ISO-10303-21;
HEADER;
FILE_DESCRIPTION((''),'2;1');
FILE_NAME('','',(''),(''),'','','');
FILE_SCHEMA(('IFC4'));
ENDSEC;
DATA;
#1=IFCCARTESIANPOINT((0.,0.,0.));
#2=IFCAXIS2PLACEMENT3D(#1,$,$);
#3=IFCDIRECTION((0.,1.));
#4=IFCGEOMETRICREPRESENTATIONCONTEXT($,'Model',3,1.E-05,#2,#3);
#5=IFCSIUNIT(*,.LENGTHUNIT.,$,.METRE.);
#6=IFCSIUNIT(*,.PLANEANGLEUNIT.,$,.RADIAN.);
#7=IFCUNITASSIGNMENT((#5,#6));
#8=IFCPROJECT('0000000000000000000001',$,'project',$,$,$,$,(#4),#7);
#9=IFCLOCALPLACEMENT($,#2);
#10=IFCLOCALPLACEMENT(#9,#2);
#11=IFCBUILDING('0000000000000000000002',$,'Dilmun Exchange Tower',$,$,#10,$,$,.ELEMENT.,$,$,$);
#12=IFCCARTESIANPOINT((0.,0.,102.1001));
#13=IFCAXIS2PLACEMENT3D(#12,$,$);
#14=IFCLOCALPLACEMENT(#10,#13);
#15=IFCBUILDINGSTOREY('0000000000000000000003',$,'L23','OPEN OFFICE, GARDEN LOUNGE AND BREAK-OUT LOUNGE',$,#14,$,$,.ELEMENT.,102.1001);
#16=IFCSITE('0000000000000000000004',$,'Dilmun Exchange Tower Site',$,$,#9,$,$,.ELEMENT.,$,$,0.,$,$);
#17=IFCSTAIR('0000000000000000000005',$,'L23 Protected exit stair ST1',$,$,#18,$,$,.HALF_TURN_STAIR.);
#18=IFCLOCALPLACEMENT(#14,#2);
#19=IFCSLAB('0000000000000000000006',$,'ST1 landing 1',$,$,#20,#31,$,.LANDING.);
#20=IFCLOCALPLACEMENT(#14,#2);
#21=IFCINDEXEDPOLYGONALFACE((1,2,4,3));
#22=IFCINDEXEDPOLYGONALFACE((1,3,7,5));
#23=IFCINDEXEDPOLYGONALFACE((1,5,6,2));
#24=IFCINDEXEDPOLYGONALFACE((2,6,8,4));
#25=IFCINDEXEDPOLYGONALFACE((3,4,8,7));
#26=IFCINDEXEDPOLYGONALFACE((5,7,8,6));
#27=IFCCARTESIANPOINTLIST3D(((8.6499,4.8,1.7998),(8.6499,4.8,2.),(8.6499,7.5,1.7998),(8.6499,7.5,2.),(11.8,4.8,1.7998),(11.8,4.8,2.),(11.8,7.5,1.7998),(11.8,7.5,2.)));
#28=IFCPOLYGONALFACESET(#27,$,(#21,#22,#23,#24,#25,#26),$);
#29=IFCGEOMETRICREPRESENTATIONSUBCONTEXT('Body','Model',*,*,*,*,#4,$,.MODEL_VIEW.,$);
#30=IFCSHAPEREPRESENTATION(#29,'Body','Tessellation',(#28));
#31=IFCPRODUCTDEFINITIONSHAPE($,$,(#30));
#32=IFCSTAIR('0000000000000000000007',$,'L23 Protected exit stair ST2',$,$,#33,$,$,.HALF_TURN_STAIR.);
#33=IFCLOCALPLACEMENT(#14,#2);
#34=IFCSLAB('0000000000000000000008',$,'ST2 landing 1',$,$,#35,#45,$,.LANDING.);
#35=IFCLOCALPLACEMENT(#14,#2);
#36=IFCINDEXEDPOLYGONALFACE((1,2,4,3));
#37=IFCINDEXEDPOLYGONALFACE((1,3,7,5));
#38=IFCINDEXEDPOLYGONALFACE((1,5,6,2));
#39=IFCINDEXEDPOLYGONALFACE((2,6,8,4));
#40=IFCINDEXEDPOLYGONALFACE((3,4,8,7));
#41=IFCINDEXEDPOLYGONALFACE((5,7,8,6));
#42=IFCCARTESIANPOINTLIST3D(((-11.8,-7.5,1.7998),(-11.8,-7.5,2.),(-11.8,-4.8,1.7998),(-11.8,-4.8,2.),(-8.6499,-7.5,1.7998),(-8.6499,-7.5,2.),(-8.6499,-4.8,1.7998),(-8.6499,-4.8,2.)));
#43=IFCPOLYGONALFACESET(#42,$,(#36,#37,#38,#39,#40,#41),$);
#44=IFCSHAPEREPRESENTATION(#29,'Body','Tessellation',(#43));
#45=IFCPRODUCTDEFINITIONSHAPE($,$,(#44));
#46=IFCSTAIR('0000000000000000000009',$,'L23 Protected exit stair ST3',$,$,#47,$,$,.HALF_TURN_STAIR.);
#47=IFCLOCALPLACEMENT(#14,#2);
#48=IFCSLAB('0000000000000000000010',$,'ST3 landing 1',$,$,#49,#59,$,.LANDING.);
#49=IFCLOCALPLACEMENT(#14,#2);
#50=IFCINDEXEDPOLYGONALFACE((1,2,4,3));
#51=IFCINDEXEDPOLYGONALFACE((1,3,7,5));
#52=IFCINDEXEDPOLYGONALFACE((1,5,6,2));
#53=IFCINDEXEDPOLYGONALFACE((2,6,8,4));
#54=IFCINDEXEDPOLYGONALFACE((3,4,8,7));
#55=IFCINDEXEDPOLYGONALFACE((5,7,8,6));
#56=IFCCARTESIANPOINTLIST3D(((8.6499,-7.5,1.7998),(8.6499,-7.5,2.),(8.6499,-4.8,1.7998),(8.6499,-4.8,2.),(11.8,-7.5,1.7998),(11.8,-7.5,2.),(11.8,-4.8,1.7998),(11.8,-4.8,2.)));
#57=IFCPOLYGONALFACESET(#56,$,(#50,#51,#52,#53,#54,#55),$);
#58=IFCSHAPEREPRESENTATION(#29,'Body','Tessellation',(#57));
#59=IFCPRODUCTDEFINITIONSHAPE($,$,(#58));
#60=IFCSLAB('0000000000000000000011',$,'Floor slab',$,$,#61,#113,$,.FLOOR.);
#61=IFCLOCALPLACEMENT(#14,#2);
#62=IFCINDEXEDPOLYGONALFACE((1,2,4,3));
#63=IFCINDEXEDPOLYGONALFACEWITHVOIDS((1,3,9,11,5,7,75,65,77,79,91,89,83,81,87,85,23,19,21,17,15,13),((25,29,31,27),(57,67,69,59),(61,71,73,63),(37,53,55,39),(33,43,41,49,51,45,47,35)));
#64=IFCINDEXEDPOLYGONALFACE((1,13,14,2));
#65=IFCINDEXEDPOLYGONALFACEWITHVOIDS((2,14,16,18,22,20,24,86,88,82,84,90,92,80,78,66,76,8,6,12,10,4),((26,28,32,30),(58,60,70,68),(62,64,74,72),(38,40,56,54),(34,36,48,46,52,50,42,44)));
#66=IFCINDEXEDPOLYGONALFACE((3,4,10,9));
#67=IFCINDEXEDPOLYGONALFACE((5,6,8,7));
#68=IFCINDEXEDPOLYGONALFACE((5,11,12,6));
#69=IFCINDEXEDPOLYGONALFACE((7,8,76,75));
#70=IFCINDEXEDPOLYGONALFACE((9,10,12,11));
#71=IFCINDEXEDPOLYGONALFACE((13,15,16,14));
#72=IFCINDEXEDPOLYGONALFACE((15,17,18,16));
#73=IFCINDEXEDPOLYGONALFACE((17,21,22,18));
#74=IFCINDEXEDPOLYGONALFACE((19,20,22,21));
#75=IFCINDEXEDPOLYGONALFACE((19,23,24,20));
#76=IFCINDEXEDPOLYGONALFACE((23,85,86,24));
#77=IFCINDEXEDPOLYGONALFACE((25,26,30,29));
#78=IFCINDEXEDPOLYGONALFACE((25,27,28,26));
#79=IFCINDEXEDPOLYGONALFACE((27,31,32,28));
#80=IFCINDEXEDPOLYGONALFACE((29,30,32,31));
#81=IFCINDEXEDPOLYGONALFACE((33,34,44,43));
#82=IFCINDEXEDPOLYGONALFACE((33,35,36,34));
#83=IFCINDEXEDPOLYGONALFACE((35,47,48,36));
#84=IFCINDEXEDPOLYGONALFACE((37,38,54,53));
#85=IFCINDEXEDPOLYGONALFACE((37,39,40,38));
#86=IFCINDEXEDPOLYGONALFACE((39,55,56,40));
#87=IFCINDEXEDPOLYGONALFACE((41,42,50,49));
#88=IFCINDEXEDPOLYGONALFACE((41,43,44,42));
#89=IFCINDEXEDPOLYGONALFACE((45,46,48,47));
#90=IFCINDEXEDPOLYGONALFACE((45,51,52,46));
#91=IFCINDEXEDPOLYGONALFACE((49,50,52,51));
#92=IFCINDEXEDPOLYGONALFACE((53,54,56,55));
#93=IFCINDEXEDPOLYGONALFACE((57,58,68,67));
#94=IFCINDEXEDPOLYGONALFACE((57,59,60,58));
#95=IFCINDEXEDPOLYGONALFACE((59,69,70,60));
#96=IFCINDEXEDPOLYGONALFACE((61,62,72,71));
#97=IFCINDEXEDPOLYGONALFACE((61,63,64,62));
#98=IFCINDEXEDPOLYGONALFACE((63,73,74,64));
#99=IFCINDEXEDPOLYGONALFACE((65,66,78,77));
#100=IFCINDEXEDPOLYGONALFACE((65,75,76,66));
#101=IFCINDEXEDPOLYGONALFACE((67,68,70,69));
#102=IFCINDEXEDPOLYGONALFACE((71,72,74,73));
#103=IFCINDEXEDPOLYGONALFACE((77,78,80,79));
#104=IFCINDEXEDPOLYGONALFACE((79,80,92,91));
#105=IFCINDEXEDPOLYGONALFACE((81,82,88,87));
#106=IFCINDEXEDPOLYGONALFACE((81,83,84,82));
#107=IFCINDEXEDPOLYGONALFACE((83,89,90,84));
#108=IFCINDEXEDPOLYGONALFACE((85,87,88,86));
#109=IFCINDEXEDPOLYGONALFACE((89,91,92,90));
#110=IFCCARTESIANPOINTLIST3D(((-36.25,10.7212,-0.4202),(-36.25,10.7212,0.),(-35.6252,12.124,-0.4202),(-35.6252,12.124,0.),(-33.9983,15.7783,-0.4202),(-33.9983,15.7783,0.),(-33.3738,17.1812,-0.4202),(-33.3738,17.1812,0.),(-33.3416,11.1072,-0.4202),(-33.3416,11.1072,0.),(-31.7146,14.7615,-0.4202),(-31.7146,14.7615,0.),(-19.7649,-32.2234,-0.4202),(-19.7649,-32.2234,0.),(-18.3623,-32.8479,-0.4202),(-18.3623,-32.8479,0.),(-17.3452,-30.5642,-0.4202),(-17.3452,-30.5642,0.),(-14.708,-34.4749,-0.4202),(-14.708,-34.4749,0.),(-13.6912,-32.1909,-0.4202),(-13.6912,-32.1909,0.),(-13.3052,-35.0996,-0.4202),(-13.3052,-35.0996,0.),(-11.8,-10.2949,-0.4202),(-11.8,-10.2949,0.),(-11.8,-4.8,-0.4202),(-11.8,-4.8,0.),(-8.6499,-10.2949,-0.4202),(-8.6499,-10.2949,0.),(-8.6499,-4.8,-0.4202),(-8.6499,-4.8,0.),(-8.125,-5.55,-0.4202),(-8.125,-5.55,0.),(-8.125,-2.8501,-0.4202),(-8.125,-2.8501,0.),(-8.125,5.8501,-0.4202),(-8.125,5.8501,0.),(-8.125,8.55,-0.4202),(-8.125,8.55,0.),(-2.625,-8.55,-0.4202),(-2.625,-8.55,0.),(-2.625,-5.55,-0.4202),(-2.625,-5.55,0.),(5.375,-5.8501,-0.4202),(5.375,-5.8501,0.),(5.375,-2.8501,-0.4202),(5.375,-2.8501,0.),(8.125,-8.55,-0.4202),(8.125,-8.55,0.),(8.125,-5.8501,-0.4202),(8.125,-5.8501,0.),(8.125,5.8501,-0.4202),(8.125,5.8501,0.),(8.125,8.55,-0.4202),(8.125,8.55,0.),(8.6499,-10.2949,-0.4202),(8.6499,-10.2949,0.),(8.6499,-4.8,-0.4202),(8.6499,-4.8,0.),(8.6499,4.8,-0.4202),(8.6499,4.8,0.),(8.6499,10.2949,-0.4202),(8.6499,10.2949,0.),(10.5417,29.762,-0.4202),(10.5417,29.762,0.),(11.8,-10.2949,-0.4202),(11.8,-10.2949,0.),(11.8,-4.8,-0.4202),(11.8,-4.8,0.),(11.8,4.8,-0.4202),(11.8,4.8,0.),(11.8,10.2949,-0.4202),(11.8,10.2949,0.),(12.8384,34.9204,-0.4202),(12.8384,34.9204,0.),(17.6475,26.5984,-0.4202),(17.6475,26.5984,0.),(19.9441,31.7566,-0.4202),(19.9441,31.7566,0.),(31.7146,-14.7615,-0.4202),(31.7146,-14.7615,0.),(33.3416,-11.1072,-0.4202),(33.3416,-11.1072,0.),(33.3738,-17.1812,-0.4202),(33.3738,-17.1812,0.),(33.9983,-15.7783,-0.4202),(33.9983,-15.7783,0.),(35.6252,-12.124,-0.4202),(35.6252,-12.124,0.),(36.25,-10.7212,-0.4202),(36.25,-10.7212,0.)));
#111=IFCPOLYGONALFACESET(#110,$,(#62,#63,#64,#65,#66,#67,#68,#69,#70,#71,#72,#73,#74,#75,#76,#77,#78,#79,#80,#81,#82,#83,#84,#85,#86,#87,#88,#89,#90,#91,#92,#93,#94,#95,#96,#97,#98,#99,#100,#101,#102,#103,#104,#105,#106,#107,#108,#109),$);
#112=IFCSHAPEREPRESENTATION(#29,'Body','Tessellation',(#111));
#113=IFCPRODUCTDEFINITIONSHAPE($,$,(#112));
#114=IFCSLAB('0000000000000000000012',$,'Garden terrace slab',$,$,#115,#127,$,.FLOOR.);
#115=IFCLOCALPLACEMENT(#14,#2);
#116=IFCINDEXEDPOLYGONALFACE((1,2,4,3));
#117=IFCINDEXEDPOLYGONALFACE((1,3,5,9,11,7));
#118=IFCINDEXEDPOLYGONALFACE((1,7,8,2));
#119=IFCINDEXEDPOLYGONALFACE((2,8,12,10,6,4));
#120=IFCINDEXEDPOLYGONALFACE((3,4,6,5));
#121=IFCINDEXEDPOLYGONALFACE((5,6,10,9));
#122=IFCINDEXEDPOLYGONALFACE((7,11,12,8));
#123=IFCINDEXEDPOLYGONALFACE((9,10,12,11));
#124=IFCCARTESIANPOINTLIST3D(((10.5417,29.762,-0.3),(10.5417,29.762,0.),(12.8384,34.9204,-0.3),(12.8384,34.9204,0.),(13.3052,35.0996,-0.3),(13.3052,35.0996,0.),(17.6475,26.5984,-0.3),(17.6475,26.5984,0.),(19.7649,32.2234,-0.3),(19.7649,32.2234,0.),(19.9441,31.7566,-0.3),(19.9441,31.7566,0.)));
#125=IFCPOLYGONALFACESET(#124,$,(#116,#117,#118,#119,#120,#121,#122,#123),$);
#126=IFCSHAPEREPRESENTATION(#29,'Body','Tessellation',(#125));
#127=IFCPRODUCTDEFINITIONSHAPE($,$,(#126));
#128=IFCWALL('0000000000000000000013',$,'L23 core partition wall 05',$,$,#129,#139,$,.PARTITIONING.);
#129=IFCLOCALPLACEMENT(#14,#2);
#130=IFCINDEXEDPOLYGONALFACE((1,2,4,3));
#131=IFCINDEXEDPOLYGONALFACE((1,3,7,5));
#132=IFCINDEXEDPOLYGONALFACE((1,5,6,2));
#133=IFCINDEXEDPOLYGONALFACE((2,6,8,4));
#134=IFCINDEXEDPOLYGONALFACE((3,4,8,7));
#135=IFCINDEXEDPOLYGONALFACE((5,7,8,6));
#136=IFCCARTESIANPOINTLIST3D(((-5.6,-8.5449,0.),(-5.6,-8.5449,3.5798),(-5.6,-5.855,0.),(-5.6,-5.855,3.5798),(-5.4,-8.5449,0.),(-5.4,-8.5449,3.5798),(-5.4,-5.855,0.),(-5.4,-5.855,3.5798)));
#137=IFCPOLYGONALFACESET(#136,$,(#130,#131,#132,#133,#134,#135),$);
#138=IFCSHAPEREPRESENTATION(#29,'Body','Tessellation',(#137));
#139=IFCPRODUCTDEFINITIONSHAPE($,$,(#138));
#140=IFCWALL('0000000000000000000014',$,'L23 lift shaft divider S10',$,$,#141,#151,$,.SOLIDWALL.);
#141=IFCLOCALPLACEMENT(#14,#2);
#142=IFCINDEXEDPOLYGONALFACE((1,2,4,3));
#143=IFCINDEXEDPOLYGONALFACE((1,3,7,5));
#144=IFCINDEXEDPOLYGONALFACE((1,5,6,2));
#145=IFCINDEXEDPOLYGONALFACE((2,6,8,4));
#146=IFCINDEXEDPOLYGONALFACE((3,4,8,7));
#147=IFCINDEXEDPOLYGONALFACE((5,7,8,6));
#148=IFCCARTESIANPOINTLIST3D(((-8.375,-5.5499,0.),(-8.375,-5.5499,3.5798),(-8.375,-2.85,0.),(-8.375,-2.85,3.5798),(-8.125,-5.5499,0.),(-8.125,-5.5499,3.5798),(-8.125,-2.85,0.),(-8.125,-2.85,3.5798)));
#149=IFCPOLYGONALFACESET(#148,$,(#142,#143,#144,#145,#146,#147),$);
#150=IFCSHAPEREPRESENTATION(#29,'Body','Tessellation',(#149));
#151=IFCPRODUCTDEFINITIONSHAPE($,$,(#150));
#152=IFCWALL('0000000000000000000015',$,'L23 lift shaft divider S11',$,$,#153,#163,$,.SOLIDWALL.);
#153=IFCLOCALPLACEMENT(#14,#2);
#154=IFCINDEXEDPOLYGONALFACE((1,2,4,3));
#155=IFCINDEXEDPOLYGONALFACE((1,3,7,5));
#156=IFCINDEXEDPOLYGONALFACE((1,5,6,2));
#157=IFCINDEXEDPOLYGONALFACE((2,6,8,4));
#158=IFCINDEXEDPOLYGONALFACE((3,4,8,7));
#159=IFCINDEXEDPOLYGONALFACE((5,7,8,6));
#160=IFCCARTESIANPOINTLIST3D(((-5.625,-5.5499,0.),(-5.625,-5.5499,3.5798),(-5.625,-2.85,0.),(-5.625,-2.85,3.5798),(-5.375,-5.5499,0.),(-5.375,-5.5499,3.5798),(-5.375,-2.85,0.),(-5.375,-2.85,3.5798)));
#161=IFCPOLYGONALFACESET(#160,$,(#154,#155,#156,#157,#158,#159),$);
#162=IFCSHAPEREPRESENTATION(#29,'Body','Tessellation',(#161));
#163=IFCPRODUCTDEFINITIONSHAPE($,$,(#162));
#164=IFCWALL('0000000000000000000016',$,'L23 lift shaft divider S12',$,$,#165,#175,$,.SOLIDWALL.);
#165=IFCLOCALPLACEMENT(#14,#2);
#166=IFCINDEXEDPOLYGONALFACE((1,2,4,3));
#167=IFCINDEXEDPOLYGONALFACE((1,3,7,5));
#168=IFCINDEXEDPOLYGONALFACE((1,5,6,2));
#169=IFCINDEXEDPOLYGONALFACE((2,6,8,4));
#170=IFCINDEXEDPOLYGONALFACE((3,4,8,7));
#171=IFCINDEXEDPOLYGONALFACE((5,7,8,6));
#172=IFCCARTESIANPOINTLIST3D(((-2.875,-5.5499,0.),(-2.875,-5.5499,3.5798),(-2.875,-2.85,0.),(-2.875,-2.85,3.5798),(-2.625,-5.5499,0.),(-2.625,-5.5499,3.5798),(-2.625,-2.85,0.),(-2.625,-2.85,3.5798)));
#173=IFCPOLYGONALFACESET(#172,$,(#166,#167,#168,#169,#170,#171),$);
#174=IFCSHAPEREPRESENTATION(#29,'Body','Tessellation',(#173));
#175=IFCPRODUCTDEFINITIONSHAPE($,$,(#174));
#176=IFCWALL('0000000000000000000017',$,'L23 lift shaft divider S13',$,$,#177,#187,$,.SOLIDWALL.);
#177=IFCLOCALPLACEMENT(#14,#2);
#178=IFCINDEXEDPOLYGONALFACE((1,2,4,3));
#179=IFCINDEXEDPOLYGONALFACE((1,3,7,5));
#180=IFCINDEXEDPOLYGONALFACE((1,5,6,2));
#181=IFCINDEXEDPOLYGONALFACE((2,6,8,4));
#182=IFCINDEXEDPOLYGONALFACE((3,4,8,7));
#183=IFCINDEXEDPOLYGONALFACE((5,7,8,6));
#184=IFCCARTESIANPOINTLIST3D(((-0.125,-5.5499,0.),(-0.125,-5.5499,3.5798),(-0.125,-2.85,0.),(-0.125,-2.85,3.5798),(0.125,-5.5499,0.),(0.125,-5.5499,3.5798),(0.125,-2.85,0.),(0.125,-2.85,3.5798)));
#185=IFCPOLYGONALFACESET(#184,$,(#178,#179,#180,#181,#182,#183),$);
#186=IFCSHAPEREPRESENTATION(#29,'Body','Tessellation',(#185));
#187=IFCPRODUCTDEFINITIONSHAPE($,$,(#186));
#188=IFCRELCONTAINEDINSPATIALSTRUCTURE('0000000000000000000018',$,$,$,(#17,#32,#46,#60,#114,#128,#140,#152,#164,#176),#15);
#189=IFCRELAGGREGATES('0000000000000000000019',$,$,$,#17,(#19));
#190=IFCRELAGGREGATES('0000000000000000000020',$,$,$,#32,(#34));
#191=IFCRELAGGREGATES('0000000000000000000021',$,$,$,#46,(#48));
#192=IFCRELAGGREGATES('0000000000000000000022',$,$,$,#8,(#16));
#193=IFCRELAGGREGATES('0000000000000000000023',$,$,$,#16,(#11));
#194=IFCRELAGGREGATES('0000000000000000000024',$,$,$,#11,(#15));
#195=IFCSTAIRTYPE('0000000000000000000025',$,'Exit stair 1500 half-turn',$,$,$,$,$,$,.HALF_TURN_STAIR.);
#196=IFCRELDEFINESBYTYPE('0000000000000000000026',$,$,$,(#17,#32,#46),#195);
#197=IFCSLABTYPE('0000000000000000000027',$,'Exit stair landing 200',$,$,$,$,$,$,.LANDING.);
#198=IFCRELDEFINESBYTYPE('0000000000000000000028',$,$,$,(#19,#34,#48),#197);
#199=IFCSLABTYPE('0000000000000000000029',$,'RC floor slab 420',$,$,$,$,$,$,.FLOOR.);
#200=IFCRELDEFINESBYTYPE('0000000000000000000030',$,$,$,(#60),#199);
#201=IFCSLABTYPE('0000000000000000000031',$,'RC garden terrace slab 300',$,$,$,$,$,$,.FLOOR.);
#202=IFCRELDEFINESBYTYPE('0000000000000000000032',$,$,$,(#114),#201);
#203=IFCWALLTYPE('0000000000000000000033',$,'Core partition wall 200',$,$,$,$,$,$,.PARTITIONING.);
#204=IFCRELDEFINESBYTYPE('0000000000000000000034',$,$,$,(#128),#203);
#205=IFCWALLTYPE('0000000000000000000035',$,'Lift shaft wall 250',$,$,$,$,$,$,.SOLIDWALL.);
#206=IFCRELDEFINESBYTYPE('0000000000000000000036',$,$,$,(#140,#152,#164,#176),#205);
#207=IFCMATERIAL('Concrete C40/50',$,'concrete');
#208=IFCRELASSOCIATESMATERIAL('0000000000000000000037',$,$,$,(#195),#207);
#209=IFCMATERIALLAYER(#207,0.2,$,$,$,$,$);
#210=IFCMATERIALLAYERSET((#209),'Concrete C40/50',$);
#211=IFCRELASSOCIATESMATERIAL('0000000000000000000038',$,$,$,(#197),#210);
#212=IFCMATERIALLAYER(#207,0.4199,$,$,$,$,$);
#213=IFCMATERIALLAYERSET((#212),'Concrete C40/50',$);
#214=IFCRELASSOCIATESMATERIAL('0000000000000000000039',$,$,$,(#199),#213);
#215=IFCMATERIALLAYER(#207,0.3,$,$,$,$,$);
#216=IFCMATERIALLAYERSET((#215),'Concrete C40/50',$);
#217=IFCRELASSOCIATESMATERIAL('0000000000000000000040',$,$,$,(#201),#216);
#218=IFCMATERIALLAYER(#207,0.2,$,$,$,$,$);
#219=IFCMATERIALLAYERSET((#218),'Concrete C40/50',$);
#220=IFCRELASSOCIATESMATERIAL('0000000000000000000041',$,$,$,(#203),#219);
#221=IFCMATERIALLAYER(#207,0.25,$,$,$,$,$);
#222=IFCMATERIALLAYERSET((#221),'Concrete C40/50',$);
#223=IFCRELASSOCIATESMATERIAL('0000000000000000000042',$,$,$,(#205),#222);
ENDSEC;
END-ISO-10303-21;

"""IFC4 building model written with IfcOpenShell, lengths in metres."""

from ifc_helpers import new_model, si_unit, direction, frame, frame_2d, origin, place, context, subcontext, project, spatial, polyline, rectangle, outline, extrude, material, layer, layer_set, type_object, element, aggregate, save


model = new_model("IFC4")

# Units and contexts
model_context = context("Model", 3, precision=1e-05, world=origin(), true_north=direction((0.0, 1.0)))
body_context = subcontext(model_context, "Body", "Model", "MODEL_VIEW")
ifc_project = project(units=[si_unit("LENGTHUNIT", "METRE"), si_unit("PLANEANGLEUNIT", "RADIAN")], contexts=[model_context])

# Site, building, storey
site_placement = place(None, origin())
site = spatial("IfcSite", under=ifc_project, at=site_placement, Name="Dilmun Exchange Tower Site", CompositionType="ELEMENT", RefElevation=0.0)
building_placement = place(site_placement, origin())
building = spatial("IfcBuilding", under=site, at=building_placement, Name="Dilmun Exchange Tower", CompositionType="ELEMENT")
storey_placement = place(building_placement, frame((0.0, 0.0, 102.1001)))
storey = spatial("IfcBuildingStorey", under=building, at=storey_placement, Name="L23", Description="OPEN OFFICE, GARDEN LOUNGE AND BREAK-OUT LOUNGE", CompositionType="ELEMENT", Elevation=102.1001)

# Stairs, slabs
ifc_material_1 = material(Name="Concrete C40/50", Category="concrete")
stair_type = type_object("IfcStairType", Name="Exit stair 1500 half-turn", PredefinedType="HALF_TURN_STAIR", material=ifc_material_1)
stair_1_placement = place(storey_placement, origin())
stair_1 = element("IfcStair", 1, at=stair_1_placement, inside=storey, type_object=stair_type, Name="L23 Protected exit stair ST1", PredefinedType="HALF_TURN_STAIR")
ifc_layer_1 = layer(ifc_material_1, 0.2)
ifc_layer_set_1 = layer_set([ifc_layer_1], Name="Concrete C40/50")
slab_type_1 = type_object("IfcSlabType", Name="Exit stair landing 200", PredefinedType="LANDING", material=ifc_layer_set_1)
slab_1_placement = place(storey_placement, frame((0.0, 0.0, 1.7998)))
slab_1 = element("IfcSlab", 2, at=slab_1_placement, type_object=slab_type_1, Name="ST1 landing 1", PredefinedType="LANDING", context=body_context, shape_type="SweptSolid", body=[
    extrude(outline(polyline([(8.6499, 7.5), (8.6499, 4.8), (11.8, 4.8), (11.8, 7.5), (8.6499, 7.5)])), origin(), (0.0, 0.0, 1.0), 0.2002),
])
aggregate(stair_1, [slab_1])
stair_2_placement = place(storey_placement, origin())
stair_2 = element("IfcStair", 3, at=stair_2_placement, inside=storey, type_object=stair_type, Name="L23 Protected exit stair ST2", PredefinedType="HALF_TURN_STAIR")
slab_2_placement = place(storey_placement, frame((0.0, 0.0, 1.7998)))
slab_2 = element("IfcSlab", 4, at=slab_2_placement, type_object=slab_type_1, Name="ST2 landing 1", PredefinedType="LANDING", context=body_context, shape_type="SweptSolid", body=[
    extrude(outline(polyline([(-8.6499, -7.5), (-8.6499, -4.8), (-11.8, -4.8), (-11.8, -7.5), (-8.6499, -7.5)])), origin(), (0.0, 0.0, 1.0), 0.2002),
])
aggregate(stair_2, [slab_2])
stair_3_placement = place(storey_placement, origin())
stair_3 = element("IfcStair", 5, at=stair_3_placement, inside=storey, type_object=stair_type, Name="L23 Protected exit stair ST3", PredefinedType="HALF_TURN_STAIR")
slab_3_placement = place(storey_placement, frame((0.0, 0.0, 1.7998)))
slab_3 = element("IfcSlab", 6, at=slab_3_placement, type_object=slab_type_1, Name="ST3 landing 1", PredefinedType="LANDING", context=body_context, shape_type="SweptSolid", body=[
    extrude(outline(polyline([(11.8, -7.5), (11.8, -4.8), (8.6499, -4.8), (8.6499, -7.5), (11.8, -7.5)])), origin(), (0.0, 0.0, 1.0), 0.2002),
])
aggregate(stair_3, [slab_3])

# Slabs
ifc_layer_2 = layer(ifc_material_1, 0.4199)
ifc_layer_set_2 = layer_set([ifc_layer_2], Name="Concrete C40/50")
slab_type_2 = type_object("IfcSlabType", Name="RC floor slab 420", PredefinedType="FLOOR", material=ifc_layer_set_2)
slab_4_placement = place(storey_placement, frame((0.0, 0.0, -0.4202)))
element("IfcSlab", 7, at=slab_4_placement, inside=storey, type_object=slab_type_2, Name="Floor slab", PredefinedType="FLOOR", context=body_context, shape_type="SweptSolid", body=[
    extrude(outline(polyline([(35.6252, -12.124), (33.3416, -11.1072), (31.7146, -14.7615), (33.9983, -15.7783), (33.3738, -17.1812), (-13.3052, -35.0996), (-14.708, -34.4749), (-13.6912, -32.1909), (-17.3452, -30.5642), (-18.3623, -32.8479), (-19.7649, -32.2234), (-36.25, 10.7212), (-35.6252, 12.124), (-33.3416, 11.1072), (-31.7146, 14.7615), (-33.9983, 15.7783), (-33.3738, 17.1812), (12.8384, 34.9204), (10.5417, 29.762), (17.6475, 26.5984), (19.9441, 31.7566), (36.25, -10.7212), (35.6252, -12.124)]), holes=[polyline([(-8.6499, -4.8), (-11.8, -4.8), (-11.8, -10.2949), (-8.6499, -10.2949), (-8.6499, -4.8)]), polyline([(11.8, -4.8), (8.6499, -4.8), (8.6499, -10.2949), (11.8, -10.2949), (11.8, -4.8)]), polyline([(-8.125, -2.8501), (-8.125, -5.55), (-2.625, -5.55), (-2.625, -8.55), (8.125, -8.55), (8.125, -5.8501), (5.375, -5.8501), (5.375, -2.8501), (-8.125, -2.8501)]), polyline([(-8.125, 5.8501), (8.125, 5.8501), (8.125, 8.55), (-8.125, 8.55), (-8.125, 5.8501)]), polyline([(8.6499, 10.2949), (8.6499, 4.8), (11.8, 4.8), (11.8, 10.2949), (8.6499, 10.2949)])]), origin(), (0.0, 0.0, 1.0), 0.4202),
])
ifc_layer_3 = layer(ifc_material_1, 0.3)
ifc_layer_set_3 = layer_set([ifc_layer_3], Name="Concrete C40/50")
slab_type_3 = type_object("IfcSlabType", Name="RC garden terrace slab 300", PredefinedType="FLOOR", material=ifc_layer_set_3)
slab_5_placement = place(storey_placement, frame((0.0, 0.0, -0.3)))
element("IfcSlab", 8, at=slab_5_placement, inside=storey, type_object=slab_type_3, Name="Garden terrace slab", PredefinedType="FLOOR", context=body_context, shape_type="SweptSolid", body=[
    extrude(outline(polyline([(10.5417, 29.762), (12.8384, 34.9204), (13.3052, 35.0996), (19.7649, 32.2234), (19.9441, 31.7566), (17.6475, 26.5984), (10.5417, 29.762)])), origin(), (0.0, 0.0, 1.0), 0.3),
])

# Walls
ifc_layer_4 = layer(ifc_material_1, 0.2)
ifc_layer_set_4 = layer_set([ifc_layer_4], Name="Concrete C40/50")
wall_type_1 = type_object("IfcWallType", Name="Core partition wall 200", PredefinedType="PARTITIONING", material=ifc_layer_set_4)
wall_1_placement = place(storey_placement, frame((-5.5, -8.5449, 0.0), z_axis=(0.0, 0.0, 1.0), x_axis=(0.0, 1.0, 0.0)))
element("IfcWall", 9, at=wall_1_placement, inside=storey, type_object=wall_type_1, Name="L23 core partition wall 05", PredefinedType="PARTITIONING", context=body_context, shape_type="SweptSolid", body=[
    extrude(rectangle(XDim=2.6899, YDim=0.2, at=frame_2d((1.345, 0.0))), origin(), (0.0, 0.0, 1.0), 3.5798),
])
ifc_layer_5 = layer(ifc_material_1, 0.25)
ifc_layer_set_5 = layer_set([ifc_layer_5], Name="Concrete C40/50")
wall_type_2 = type_object("IfcWallType", Name="Lift shaft wall 250", PredefinedType="SOLIDWALL", material=ifc_layer_set_5)
for number, where, z_axis, x_axis, name in (
    (10, (-8.25, -5.55, 0.0), (0.0, 0.0, 1.0), (0.0, 1.0, 0.0), "L23 lift shaft divider S10"),
    (11, (-5.5, -5.55, 0.0), (0.0, 0.0, 1.0), (0.0, 1.0, 0.0), "L23 lift shaft divider S11"),
    (12, (-2.75, -5.55, 0.0), (0.0, 0.0, 1.0), (0.0, 1.0, 0.0), "L23 lift shaft divider S12"),
    (13, (0.0, -5.55, 0.0), (0.0, 0.0, 1.0), (0.0, 1.0, 0.0), "L23 lift shaft divider S13"),
):
    element("IfcWall", number, at=place(storey_placement, frame(where, z_axis=z_axis, x_axis=x_axis)), inside=storey, type_object=wall_type_2, Name=name, PredefinedType="SOLIDWALL", context=body_context, shape_type="SweptSolid", body=[
        extrude(rectangle(XDim=2.7, YDim=0.25, at=frame_2d((1.3501, 0.0))), origin(), (0.0, 0.0, 1.0), 3.5798),
    ])

save(model, "model.ifc")
